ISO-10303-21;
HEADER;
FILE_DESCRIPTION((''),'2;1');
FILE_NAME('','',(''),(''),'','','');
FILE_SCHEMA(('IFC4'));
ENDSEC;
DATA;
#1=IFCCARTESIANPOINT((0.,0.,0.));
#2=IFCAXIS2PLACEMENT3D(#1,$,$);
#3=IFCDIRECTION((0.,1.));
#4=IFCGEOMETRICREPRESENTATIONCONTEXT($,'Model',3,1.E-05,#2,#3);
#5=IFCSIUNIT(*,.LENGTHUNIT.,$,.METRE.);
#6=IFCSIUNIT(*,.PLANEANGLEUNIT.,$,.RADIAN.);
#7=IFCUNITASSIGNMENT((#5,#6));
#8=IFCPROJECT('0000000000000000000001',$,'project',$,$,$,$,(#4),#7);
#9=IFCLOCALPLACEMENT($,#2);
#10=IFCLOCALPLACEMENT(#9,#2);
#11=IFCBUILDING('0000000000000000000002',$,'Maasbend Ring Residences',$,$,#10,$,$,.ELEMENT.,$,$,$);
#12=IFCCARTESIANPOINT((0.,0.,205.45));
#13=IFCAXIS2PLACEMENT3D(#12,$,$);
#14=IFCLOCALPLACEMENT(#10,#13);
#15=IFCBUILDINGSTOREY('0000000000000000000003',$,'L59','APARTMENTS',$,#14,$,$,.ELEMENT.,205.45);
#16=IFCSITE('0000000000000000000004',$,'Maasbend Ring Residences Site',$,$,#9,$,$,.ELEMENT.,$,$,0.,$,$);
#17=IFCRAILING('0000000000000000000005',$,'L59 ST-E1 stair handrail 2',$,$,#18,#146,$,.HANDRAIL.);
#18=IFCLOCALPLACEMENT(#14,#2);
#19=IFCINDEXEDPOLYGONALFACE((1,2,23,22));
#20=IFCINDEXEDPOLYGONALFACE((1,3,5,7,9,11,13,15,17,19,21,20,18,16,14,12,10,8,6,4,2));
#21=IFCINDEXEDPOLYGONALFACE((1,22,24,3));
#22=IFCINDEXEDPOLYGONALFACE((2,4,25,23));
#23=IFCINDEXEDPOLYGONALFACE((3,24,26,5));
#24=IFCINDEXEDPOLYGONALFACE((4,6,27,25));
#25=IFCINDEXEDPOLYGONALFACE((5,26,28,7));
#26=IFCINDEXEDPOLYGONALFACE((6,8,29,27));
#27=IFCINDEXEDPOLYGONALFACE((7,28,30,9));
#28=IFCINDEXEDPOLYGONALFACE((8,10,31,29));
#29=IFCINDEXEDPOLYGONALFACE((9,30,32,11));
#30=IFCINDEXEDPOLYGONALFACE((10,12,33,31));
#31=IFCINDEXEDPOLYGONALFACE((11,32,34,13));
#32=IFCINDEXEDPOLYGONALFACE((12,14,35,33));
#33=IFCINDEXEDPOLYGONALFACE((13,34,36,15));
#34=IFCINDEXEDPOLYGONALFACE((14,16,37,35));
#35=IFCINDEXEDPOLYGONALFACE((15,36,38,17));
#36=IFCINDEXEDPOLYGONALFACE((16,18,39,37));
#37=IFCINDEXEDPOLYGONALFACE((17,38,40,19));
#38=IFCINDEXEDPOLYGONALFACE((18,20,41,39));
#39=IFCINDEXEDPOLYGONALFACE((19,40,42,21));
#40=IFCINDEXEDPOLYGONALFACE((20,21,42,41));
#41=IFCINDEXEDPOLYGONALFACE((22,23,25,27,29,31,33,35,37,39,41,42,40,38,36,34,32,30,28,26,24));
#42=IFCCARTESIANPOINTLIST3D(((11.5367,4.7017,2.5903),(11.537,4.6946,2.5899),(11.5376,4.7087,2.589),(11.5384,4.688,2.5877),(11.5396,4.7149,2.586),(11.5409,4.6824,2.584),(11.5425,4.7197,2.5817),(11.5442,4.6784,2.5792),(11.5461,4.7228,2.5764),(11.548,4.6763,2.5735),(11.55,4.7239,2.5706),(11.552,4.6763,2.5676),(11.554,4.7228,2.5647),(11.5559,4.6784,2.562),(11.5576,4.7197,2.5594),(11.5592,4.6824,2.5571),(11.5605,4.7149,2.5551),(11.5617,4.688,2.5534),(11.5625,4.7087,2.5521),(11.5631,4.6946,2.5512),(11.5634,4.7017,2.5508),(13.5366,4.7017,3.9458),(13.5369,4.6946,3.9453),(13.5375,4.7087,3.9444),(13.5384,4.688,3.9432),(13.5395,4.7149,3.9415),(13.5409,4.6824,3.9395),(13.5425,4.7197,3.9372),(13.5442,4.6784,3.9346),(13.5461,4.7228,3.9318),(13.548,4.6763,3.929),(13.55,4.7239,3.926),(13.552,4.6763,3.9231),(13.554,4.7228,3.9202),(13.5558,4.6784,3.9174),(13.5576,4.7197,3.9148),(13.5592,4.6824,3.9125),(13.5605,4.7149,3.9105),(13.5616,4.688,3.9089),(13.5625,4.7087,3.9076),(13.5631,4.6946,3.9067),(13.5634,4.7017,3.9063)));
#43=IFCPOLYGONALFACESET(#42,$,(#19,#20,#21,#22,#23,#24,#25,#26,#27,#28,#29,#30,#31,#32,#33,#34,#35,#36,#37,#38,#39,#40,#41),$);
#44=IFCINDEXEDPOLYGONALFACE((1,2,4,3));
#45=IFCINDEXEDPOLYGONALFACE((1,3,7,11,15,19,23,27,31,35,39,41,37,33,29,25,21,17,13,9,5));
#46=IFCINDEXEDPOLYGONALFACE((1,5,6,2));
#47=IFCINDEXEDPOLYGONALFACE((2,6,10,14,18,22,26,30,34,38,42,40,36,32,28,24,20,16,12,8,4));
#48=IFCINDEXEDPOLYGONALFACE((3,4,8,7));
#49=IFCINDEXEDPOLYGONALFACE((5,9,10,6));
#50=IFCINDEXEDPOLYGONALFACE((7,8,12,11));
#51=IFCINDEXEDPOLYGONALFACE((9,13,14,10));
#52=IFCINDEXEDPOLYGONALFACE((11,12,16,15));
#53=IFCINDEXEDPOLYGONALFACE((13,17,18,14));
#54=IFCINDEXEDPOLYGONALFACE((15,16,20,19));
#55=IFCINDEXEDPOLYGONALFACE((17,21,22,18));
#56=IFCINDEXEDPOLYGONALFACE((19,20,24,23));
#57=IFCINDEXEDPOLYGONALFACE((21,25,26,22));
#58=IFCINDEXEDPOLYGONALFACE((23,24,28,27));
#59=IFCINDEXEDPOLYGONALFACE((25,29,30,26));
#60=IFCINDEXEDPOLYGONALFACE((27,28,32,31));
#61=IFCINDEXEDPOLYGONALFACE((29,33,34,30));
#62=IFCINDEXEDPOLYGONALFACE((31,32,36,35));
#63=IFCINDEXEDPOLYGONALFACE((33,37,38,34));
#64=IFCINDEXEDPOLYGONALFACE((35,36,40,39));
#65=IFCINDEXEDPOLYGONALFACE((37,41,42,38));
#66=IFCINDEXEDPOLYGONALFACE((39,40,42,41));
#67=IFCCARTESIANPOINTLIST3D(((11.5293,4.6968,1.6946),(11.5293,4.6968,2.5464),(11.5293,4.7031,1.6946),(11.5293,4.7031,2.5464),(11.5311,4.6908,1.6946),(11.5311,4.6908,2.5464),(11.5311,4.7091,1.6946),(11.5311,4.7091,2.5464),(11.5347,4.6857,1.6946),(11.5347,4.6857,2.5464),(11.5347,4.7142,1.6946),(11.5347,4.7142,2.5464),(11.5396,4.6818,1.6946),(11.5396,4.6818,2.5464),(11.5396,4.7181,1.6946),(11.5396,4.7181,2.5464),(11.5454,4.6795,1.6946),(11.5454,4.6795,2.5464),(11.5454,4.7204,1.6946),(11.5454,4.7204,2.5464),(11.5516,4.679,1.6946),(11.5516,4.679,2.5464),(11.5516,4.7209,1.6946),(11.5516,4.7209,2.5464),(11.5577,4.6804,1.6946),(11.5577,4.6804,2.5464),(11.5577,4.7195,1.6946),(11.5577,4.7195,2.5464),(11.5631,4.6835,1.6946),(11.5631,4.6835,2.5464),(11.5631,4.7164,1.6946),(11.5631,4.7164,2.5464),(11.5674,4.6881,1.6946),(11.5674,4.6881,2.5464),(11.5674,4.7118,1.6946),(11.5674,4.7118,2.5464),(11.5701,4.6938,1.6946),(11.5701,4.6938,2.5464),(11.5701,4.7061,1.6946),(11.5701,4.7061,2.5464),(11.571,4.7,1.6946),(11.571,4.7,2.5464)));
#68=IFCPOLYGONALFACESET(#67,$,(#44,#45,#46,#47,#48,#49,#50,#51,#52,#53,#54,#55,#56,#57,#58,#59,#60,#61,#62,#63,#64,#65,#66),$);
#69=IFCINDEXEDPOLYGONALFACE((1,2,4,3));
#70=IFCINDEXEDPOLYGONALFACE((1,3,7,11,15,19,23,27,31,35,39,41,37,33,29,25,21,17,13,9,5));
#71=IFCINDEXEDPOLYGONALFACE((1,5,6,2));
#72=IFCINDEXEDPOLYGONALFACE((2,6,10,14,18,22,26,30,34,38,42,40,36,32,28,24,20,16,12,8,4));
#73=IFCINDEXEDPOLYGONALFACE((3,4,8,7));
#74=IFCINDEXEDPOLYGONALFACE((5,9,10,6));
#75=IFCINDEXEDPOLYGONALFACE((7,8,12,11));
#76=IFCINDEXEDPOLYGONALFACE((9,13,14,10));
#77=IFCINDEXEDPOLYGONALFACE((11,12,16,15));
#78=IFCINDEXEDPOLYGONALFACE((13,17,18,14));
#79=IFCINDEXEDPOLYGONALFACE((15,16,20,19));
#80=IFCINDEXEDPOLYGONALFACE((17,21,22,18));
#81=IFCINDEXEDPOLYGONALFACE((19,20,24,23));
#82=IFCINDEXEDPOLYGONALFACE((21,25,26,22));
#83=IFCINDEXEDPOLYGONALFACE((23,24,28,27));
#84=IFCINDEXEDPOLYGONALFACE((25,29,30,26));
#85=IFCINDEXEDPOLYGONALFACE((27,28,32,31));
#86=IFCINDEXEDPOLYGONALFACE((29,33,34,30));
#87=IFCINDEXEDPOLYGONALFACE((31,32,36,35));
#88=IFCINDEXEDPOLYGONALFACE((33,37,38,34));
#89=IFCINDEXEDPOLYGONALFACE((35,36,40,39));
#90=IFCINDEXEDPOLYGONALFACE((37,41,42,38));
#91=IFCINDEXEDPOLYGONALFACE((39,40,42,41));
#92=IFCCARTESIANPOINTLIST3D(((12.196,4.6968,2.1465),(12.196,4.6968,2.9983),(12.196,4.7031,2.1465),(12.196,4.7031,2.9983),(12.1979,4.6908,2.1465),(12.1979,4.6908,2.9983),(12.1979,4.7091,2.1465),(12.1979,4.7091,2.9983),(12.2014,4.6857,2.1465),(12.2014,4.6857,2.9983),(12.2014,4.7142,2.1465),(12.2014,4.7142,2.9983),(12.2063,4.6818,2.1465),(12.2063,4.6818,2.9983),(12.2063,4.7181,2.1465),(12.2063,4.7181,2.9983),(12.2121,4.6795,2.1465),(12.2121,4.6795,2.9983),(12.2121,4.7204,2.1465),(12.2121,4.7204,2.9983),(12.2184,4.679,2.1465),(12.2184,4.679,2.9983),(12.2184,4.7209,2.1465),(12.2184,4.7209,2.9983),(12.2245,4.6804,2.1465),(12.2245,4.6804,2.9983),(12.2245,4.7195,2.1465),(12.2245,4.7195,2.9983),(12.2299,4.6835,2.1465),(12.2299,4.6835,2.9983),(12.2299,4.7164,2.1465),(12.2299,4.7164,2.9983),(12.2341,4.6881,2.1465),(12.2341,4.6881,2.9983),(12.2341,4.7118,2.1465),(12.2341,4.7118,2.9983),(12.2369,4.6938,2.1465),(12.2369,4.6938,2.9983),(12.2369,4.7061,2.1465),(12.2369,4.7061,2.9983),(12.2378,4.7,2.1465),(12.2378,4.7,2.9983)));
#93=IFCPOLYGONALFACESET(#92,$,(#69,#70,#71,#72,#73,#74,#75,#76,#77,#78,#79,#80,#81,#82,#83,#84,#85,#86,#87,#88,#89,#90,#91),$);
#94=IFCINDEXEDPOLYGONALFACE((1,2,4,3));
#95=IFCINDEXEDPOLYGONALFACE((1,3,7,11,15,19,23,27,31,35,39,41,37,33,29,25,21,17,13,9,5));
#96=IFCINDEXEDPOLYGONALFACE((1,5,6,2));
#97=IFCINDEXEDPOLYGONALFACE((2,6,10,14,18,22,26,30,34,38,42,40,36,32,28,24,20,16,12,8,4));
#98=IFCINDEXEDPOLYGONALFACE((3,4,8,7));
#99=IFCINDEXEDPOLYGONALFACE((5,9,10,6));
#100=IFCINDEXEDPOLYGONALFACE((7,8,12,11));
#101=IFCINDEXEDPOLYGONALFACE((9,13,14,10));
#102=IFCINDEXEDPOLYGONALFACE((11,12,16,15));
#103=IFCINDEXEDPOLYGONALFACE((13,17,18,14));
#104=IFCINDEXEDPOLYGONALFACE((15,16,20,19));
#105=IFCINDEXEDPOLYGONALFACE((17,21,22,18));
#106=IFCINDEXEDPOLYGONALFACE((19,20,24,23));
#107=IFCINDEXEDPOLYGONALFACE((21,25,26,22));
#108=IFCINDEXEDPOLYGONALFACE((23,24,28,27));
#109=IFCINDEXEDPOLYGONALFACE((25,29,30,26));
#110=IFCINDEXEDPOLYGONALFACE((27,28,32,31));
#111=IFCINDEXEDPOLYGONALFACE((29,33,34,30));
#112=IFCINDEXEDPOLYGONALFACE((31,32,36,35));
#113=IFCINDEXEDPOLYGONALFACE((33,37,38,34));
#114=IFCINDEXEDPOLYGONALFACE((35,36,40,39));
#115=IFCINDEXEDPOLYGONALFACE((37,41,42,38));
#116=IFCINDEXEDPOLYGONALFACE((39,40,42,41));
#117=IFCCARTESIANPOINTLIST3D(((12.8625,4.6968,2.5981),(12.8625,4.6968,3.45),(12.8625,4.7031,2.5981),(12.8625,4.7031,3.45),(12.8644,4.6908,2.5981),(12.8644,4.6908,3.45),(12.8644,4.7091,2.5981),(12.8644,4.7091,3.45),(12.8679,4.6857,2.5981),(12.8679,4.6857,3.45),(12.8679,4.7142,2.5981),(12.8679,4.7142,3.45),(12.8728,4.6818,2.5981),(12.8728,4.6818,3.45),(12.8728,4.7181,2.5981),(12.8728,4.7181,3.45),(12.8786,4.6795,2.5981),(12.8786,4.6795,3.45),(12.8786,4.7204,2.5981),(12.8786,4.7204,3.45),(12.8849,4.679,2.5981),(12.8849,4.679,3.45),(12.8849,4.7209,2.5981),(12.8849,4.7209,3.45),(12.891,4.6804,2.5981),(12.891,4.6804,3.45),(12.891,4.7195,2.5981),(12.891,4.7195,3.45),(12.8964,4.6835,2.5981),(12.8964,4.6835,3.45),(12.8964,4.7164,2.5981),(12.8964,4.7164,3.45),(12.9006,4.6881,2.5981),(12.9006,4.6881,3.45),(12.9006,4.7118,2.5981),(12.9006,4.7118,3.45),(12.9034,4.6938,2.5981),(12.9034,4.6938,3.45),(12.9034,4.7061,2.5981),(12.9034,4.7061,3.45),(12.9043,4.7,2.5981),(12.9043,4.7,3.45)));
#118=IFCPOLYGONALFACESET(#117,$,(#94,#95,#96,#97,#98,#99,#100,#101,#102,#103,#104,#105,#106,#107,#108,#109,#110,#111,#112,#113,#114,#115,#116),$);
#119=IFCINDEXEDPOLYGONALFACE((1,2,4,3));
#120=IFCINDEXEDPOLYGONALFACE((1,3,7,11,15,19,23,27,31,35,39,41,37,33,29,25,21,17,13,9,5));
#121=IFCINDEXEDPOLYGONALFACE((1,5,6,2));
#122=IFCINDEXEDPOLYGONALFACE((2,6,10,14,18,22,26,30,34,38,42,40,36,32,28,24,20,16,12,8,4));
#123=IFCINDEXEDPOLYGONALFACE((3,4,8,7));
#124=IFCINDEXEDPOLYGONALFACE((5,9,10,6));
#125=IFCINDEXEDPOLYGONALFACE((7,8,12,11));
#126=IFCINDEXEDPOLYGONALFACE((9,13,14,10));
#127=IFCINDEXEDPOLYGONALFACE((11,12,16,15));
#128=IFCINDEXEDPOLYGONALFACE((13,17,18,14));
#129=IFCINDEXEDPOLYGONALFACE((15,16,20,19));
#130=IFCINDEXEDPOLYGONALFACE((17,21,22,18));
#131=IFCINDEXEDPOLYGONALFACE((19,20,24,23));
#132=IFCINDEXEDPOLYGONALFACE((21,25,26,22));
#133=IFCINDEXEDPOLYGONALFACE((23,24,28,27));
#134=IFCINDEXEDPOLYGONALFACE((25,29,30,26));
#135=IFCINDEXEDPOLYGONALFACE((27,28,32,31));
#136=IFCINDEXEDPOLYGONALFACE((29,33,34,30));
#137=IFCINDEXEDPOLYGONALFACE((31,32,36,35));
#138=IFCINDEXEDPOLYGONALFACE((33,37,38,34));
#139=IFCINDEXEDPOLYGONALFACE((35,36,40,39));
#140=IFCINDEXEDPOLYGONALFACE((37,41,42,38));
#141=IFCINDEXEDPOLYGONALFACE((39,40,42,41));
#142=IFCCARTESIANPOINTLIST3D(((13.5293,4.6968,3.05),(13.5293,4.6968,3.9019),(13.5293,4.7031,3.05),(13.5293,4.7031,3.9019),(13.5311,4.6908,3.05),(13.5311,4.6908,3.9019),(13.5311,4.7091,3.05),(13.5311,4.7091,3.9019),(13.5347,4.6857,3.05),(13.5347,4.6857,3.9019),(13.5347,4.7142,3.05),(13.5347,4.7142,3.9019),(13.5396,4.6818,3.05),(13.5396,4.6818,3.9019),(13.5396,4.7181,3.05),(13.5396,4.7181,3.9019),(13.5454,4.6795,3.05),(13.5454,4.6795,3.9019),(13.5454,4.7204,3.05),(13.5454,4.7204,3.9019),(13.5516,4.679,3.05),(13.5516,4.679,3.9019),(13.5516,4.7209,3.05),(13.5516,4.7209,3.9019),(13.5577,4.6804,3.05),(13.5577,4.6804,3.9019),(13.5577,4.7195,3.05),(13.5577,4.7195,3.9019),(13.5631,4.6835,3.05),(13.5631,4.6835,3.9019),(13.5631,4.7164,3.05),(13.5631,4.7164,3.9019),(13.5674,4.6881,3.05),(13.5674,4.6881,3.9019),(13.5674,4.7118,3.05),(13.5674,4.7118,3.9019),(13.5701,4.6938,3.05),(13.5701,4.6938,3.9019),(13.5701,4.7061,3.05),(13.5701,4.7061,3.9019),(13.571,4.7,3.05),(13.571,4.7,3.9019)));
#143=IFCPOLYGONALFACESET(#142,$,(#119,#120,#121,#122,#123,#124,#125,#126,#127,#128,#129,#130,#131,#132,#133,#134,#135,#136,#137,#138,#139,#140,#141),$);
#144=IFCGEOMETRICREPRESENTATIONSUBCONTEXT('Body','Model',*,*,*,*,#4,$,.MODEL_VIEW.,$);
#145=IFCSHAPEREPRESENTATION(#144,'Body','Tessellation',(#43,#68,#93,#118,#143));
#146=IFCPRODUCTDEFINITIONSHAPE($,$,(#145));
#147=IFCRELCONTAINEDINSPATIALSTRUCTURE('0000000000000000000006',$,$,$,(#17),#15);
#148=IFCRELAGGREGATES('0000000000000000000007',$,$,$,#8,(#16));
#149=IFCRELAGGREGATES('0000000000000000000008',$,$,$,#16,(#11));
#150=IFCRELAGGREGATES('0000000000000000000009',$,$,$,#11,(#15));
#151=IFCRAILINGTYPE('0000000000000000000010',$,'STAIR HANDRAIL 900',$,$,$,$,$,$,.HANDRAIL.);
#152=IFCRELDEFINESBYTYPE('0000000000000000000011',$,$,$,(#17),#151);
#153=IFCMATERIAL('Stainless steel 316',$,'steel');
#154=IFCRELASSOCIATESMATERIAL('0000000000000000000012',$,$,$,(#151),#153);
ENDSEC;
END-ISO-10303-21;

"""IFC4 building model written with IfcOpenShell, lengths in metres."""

from ifc_helpers import new_model, si_unit, direction, frame, origin, origin_2d, place, context, subcontext, project, spatial, circle, extrude, material, type_object, element, save


model = new_model("IFC4")

# Units and contexts
model_context = context("Model", 3, precision=1e-05, world=origin(), true_north=direction((0.0, 1.0)))
body_context = subcontext(model_context, "Body", "Model", "MODEL_VIEW")
ifc_project = project(units=[si_unit("LENGTHUNIT", "METRE"), si_unit("PLANEANGLEUNIT", "RADIAN")], contexts=[model_context])

# Site, building, storey
site_placement = place(None, origin())
site = spatial("IfcSite", under=ifc_project, at=site_placement, Name="Maasbend Ring Residences Site", CompositionType="ELEMENT", RefElevation=0.0)
building_placement = place(site_placement, origin())
building = spatial("IfcBuilding", under=site, at=building_placement, Name="Maasbend Ring Residences", CompositionType="ELEMENT")
storey_placement = place(building_placement, frame((0.0, 0.0, 205.45)))
storey = spatial("IfcBuildingStorey", under=building, at=storey_placement, Name="L59", Description="APARTMENTS", CompositionType="ELEMENT", Elevation=205.45)

# Railing
ifc_material_1 = material(Name="Stainless steel 316", Category="steel")
railing_type_1 = type_object("IfcRailingType", Name="STAIR HANDRAIL 900", PredefinedType="HANDRAIL", material=ifc_material_1)
railing_1_placement = place(storey_placement, frame((11.55, 4.7, 1.6946)))
element("IfcRailing", 1, at=railing_1_placement, inside=storey, type_object=railing_type_1, Name="L59 ST-E1 stair handrail 2", PredefinedType="HANDRAIL", context=body_context, shape_type="SweptSolid", body=[
    extrude(circle(Radius=0.0239, at=origin_2d()), frame((0.0, 0.0, 0.876), z_axis=(0.827798, 0.0, 0.561027), x_axis=(0.0, 1.0, 0.0)), (0.0, 0.0, 1.0), 2.416),
    extrude(circle(Radius=0.021, at=origin_2d()), origin(), (0.0, 0.0, 1.0), 0.8518),
    extrude(circle(Radius=0.021, at=origin_2d()), frame((0.6667, 0.0, 0.4519)), (0.0, 0.0, 1.0), 0.8518),
    extrude(circle(Radius=0.021, at=origin_2d()), frame((1.3333, 0.0, 0.9036)), (0.0, 0.0, 1.0), 0.8518),
    extrude(circle(Radius=0.021, at=origin_2d()), frame((2.0, 0.0, 1.3555)), (0.0, 0.0, 1.0), 0.8518),
])

save(model, "model.ifc")
